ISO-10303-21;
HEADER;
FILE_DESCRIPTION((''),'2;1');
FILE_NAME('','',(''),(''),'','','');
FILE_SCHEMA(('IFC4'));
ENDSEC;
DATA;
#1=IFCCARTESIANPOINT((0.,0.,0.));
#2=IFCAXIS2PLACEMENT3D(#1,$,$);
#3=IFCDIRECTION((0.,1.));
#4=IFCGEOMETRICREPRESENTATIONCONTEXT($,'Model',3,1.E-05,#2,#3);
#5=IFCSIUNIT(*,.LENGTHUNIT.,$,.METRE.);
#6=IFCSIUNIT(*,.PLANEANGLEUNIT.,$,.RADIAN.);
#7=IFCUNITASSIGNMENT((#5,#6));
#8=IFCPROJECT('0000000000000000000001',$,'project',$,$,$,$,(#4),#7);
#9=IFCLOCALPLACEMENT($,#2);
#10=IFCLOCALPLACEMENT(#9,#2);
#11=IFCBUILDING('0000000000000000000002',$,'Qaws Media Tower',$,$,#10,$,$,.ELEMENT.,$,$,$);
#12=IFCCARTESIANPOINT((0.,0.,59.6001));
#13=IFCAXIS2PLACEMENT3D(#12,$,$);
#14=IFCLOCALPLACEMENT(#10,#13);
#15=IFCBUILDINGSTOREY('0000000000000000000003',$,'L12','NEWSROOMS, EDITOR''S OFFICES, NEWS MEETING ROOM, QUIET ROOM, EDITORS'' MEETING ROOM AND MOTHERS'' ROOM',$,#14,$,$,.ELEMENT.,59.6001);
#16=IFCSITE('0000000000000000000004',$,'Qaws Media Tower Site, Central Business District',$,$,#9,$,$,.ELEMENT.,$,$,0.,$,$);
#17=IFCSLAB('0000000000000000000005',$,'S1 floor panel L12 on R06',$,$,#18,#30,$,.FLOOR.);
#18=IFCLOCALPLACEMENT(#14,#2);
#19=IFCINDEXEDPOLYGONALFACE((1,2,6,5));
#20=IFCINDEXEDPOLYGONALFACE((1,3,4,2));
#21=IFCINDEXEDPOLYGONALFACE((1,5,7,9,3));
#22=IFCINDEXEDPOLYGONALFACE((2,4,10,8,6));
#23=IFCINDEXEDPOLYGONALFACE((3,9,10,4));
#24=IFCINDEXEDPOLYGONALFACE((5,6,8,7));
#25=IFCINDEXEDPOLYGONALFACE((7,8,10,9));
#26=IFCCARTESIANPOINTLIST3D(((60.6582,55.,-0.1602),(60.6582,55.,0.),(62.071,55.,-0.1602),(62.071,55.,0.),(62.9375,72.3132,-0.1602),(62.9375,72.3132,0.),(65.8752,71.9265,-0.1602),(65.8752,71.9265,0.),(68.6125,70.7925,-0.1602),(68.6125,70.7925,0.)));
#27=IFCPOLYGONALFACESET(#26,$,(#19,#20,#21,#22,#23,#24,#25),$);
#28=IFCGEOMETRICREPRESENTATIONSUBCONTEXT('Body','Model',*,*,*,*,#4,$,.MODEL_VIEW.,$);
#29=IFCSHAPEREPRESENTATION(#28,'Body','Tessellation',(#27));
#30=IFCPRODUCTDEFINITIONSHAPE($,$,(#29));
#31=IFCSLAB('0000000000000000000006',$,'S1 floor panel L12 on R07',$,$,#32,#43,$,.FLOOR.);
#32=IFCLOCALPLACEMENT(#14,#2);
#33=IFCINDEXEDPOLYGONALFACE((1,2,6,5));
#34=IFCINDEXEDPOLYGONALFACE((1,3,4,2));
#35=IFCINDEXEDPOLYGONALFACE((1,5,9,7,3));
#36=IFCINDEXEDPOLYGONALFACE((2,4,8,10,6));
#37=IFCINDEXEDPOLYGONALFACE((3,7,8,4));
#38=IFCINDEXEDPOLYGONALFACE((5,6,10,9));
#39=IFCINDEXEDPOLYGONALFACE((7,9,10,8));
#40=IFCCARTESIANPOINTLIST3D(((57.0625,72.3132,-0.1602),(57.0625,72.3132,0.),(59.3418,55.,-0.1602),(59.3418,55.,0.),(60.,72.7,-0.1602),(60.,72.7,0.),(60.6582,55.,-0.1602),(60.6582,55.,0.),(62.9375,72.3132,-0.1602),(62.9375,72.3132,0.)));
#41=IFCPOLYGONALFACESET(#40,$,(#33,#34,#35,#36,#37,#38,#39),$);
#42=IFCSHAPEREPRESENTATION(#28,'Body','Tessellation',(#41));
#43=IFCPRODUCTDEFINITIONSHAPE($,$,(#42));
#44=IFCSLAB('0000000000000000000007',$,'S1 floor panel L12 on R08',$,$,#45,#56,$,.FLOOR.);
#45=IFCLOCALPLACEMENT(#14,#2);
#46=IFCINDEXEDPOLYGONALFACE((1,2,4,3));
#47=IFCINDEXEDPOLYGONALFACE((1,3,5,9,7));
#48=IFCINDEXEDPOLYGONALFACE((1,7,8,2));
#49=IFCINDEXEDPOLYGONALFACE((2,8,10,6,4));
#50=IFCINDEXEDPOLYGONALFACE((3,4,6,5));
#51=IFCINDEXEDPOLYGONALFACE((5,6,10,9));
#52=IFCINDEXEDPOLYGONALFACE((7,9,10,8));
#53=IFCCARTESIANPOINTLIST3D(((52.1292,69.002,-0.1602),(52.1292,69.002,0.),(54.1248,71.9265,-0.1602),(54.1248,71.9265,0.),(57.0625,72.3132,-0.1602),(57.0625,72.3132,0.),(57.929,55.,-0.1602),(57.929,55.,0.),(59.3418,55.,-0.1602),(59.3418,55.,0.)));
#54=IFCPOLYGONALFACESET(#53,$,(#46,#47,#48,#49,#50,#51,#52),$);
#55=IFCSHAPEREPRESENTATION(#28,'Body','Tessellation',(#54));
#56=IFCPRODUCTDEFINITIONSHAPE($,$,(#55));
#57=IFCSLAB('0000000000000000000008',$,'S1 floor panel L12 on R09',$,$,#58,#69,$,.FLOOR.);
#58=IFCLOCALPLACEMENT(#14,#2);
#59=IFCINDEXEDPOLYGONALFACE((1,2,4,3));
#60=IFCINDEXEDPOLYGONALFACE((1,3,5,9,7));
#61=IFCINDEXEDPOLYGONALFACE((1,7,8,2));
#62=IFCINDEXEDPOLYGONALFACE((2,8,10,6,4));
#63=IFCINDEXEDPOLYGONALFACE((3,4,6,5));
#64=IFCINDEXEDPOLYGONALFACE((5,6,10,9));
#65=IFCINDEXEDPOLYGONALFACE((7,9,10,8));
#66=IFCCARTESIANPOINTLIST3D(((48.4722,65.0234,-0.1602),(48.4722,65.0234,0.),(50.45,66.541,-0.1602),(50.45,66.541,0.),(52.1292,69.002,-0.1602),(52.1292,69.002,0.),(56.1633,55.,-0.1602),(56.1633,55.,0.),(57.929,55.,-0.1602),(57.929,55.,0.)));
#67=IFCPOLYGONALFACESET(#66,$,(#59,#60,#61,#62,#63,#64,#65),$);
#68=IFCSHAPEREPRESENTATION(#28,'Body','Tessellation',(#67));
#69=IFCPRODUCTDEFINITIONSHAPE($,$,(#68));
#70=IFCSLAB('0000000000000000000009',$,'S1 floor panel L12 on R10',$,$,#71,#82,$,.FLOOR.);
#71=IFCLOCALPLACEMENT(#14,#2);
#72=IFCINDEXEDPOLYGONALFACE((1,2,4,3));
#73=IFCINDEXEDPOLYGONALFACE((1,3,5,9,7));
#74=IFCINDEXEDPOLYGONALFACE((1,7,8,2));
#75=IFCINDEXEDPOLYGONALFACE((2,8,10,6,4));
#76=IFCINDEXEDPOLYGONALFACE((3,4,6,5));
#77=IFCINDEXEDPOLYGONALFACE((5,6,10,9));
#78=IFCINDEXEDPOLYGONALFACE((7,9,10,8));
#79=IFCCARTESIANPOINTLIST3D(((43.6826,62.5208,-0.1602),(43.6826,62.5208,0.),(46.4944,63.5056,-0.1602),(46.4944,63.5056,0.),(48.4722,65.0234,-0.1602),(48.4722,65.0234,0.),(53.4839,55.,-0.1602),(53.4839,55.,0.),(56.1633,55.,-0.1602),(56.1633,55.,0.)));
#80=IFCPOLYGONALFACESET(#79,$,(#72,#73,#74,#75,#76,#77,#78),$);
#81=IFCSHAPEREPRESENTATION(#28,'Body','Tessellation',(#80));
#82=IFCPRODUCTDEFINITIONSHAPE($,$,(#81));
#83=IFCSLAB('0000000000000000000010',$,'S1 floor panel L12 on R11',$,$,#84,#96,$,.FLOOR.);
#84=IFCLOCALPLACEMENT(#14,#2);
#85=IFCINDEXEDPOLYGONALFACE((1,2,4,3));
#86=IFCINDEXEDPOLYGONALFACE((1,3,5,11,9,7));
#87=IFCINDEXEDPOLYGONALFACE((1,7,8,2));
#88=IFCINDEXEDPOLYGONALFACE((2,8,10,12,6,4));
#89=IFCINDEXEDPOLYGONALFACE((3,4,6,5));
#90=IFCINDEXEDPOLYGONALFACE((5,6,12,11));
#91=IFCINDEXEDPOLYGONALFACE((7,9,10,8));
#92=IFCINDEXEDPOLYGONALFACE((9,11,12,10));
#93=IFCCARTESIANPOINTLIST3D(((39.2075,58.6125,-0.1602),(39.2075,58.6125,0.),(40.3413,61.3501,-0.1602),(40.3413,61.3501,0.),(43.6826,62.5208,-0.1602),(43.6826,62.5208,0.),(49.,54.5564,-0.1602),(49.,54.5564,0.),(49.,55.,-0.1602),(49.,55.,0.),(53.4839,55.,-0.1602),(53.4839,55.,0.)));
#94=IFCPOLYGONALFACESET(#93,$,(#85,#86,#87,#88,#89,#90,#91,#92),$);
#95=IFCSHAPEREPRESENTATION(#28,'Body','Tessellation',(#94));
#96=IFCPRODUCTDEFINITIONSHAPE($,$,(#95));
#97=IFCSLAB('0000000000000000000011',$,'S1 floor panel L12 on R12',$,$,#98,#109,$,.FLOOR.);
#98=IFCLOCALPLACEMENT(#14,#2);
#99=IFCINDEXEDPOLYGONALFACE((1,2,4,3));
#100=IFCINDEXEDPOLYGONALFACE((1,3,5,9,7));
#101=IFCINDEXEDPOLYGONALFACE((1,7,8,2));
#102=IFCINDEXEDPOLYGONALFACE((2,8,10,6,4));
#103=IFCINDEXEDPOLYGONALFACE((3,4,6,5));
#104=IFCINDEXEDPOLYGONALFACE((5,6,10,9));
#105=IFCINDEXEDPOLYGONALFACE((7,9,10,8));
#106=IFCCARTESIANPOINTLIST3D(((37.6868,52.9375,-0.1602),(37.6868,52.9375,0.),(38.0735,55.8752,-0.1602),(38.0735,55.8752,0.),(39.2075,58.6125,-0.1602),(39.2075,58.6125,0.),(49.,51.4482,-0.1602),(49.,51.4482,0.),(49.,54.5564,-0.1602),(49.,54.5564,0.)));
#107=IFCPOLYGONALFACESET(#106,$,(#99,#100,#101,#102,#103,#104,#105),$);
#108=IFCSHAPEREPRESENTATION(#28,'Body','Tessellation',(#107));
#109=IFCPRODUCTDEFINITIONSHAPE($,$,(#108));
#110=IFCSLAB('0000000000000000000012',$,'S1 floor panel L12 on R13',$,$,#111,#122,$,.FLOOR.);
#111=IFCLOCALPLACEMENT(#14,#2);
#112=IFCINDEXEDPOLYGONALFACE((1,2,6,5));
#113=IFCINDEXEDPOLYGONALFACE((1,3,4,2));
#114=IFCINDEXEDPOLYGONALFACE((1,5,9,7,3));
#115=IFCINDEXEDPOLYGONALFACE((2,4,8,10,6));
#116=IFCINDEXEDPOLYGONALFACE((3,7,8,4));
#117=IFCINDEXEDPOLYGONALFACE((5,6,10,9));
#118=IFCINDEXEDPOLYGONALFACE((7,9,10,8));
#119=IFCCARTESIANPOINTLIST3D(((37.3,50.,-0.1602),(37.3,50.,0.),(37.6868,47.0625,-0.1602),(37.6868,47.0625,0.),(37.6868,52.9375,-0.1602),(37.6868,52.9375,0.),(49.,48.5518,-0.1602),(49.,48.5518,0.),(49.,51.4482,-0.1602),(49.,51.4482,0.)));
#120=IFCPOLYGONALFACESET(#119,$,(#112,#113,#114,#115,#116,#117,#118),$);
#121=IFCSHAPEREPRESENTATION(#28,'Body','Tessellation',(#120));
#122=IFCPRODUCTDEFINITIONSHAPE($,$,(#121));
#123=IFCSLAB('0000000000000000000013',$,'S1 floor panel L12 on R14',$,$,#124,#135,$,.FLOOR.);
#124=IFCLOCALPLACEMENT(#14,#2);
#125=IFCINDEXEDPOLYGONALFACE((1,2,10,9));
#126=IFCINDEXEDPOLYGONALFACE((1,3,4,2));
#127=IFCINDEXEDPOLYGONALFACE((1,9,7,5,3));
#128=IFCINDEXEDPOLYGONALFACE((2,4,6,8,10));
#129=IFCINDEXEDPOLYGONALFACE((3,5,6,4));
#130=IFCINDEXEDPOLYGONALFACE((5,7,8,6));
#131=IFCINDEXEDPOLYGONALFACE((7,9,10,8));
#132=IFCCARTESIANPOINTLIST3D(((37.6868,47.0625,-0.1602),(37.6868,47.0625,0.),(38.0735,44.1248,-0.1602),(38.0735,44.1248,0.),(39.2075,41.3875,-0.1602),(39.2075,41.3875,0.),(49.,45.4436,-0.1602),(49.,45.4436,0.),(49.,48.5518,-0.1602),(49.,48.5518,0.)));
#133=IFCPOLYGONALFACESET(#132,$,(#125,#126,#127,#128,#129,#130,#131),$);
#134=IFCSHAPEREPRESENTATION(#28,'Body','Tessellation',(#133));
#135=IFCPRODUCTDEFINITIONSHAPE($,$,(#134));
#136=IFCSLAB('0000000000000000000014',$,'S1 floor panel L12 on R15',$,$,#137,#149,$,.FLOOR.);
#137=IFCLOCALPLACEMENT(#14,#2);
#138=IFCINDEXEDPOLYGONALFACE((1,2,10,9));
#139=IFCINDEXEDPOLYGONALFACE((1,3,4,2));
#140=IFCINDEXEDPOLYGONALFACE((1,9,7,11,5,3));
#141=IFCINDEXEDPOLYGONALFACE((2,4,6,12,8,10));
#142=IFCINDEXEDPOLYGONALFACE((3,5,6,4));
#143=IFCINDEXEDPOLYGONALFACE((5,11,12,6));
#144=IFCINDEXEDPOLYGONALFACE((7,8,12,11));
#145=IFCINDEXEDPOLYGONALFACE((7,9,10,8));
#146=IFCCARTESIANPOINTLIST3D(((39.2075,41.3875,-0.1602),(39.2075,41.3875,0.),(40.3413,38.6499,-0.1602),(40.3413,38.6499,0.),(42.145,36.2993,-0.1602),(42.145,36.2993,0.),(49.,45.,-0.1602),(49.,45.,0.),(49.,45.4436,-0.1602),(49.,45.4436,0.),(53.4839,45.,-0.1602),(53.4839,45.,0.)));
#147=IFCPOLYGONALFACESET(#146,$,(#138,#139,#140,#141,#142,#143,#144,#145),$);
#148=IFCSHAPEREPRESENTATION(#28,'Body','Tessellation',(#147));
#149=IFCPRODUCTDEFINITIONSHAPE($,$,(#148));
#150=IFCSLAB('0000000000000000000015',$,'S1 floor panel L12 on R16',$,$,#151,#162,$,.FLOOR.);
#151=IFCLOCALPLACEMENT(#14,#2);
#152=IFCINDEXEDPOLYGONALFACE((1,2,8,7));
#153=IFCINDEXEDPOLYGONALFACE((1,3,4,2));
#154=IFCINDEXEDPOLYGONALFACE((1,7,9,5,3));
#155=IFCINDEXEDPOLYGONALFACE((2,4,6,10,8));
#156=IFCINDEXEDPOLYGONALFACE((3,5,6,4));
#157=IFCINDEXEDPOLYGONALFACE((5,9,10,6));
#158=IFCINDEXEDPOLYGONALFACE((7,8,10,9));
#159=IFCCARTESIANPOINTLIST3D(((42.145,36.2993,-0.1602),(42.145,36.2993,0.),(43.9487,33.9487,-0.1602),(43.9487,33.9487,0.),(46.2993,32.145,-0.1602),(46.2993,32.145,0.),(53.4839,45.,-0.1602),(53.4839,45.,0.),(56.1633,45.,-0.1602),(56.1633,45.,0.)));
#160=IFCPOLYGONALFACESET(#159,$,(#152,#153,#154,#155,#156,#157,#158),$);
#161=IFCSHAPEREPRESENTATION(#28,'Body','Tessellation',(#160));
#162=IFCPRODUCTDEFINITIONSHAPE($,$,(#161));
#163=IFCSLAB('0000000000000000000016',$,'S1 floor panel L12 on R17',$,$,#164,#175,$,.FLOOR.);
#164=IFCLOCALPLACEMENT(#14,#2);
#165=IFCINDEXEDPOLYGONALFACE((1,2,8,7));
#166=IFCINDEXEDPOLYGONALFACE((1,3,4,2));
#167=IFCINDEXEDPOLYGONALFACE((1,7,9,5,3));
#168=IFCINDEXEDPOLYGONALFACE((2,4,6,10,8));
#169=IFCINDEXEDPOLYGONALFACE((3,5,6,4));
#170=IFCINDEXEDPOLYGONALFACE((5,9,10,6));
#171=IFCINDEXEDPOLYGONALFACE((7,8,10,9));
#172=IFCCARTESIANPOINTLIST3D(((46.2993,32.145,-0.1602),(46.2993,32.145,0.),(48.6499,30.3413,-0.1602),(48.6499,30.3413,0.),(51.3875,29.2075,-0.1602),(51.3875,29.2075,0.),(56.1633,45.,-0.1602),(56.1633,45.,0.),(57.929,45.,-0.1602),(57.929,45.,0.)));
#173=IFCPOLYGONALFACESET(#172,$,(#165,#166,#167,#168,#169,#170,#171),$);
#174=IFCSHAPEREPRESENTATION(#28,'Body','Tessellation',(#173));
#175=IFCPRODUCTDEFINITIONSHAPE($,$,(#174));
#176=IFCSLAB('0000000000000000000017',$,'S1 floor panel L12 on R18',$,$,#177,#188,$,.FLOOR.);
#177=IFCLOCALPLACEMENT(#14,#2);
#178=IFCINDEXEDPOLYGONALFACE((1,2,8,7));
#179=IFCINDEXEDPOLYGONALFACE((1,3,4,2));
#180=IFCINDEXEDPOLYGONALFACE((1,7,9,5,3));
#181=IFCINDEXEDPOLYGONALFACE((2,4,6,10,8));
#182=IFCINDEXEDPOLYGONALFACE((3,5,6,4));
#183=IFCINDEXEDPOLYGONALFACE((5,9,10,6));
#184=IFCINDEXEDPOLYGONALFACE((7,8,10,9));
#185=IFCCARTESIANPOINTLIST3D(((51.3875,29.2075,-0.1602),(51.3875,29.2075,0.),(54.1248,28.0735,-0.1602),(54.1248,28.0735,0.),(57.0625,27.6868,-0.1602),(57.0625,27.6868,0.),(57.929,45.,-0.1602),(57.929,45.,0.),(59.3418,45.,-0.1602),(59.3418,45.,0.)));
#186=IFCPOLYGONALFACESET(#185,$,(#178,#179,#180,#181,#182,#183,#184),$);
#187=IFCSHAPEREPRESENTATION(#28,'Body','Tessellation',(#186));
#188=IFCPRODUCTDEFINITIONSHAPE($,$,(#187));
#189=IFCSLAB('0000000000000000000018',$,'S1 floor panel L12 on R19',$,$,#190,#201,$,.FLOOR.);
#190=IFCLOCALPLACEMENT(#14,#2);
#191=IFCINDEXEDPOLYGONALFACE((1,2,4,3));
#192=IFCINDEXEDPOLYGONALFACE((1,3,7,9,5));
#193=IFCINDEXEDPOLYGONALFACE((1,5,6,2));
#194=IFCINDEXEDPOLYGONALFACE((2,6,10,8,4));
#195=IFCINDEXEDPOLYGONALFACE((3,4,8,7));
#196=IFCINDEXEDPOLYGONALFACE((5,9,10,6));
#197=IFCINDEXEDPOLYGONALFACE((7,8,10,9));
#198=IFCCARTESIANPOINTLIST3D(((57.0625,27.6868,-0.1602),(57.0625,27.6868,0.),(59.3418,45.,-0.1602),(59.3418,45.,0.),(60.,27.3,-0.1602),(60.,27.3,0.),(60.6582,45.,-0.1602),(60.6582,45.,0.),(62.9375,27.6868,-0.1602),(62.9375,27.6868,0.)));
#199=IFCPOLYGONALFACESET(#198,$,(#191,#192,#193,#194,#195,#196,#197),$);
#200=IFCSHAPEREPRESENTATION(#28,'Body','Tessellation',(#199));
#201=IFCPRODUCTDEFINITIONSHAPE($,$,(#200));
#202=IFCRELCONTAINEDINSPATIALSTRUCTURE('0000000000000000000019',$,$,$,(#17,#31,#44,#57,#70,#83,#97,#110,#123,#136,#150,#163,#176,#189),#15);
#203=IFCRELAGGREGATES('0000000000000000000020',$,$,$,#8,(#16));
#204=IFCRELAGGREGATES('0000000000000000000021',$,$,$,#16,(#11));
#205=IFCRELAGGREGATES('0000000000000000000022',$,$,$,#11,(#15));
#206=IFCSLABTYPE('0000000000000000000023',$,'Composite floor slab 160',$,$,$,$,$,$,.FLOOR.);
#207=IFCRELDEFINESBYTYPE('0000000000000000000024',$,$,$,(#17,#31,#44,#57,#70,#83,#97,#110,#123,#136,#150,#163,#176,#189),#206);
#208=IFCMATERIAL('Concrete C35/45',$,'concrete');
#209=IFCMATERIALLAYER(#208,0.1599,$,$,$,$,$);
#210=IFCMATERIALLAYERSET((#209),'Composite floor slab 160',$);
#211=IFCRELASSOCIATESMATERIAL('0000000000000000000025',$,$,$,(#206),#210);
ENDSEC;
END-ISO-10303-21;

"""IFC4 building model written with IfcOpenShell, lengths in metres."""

from ifc_helpers import new_model, si_unit, direction, frame, origin, place, context, subcontext, project, spatial, polyline, outline, extrude, material, layer, layer_set, type_object, element, save


model = new_model("IFC4")

# Units and contexts
model_context = context("Model", 3, precision=1e-05, world=origin(), true_north=direction((0.0, 1.0)))
body_context = subcontext(model_context, "Body", "Model", "MODEL_VIEW")
ifc_project = project(units=[si_unit("LENGTHUNIT", "METRE"), si_unit("PLANEANGLEUNIT", "RADIAN")], contexts=[model_context])

# Site, building, storey
site_placement = place(None, origin())
site = spatial("IfcSite", under=ifc_project, at=site_placement, Name="Qaws Media Tower Site, Central Business District", CompositionType="ELEMENT", RefElevation=0.0)
building_placement = place(site_placement, origin())
building = spatial("IfcBuilding", under=site, at=building_placement, Name="Qaws Media Tower", CompositionType="ELEMENT")
storey_placement = place(building_placement, frame((0.0, 0.0, 59.6001)))
storey = spatial("IfcBuildingStorey", under=building, at=storey_placement, Name="L12", Description="NEWSROOMS, EDITOR'S OFFICES, NEWS MEETING ROOM, QUIET ROOM, EDITORS' MEETING ROOM AND MOTHERS' ROOM", CompositionType="ELEMENT", Elevation=59.6001)

# Slabs
ifc_material_1 = material(Name="Concrete C35/45", Category="concrete")
ifc_layer_1 = layer(ifc_material_1, 0.1599)
ifc_layer_set_1 = layer_set([ifc_layer_1], Name="Composite floor slab 160")
slab_type_1 = type_object("IfcSlabType", Name="Composite floor slab 160", PredefinedType="FLOOR", material=ifc_layer_set_1)
slab_1_placement = place(storey_placement, frame((0.0, 0.0, -0.1602)))
element("IfcSlab", 1, at=slab_1_placement, inside=storey, type_object=slab_type_1, Name="S1 floor panel L12 on R06", PredefinedType="FLOOR", context=body_context, shape_type="SweptSolid", body=[
    extrude(outline(polyline([(65.8752, 71.9265), (68.6125, 70.7925), (62.071, 55.0), (60.6582, 55.0), (62.9375, 72.3132), (65.8752, 71.9265)])), origin(), (0.0, 0.0, 1.0), 0.1602),
])
slab_2_placement = place(storey_placement, frame((0.0, 0.0, -0.1602)))
element("IfcSlab", 2, at=slab_2_placement, inside=storey, type_object=slab_type_1, Name="S1 floor panel L12 on R07", PredefinedType="FLOOR", context=body_context, shape_type="SweptSolid", body=[
    extrude(outline(polyline([(60.0, 72.7), (62.9375, 72.3132), (60.6582, 55.0), (59.3418, 55.0), (57.0625, 72.3132), (60.0, 72.7)])), origin(), (0.0, 0.0, 1.0), 0.1602),
])
slab_3_placement = place(storey_placement, frame((0.0, 0.0, -0.1602)))
element("IfcSlab", 3, at=slab_3_placement, inside=storey, type_object=slab_type_1, Name="S1 floor panel L12 on R08", PredefinedType="FLOOR", context=body_context, shape_type="SweptSolid", body=[
    extrude(outline(polyline([(54.1248, 71.9265), (57.0625, 72.3132), (59.3418, 55.0), (57.929, 55.0), (52.1292, 69.002), (54.1248, 71.9265)])), origin(), (0.0, 0.0, 1.0), 0.1602),
])
slab_4_placement = place(storey_placement, frame((0.0, 0.0, -0.1602)))
element("IfcSlab", 4, at=slab_4_placement, inside=storey, type_object=slab_type_1, Name="S1 floor panel L12 on R09", PredefinedType="FLOOR", context=body_context, shape_type="SweptSolid", body=[
    extrude(outline(polyline([(50.45, 66.541), (52.1292, 69.002), (57.929, 55.0), (56.1633, 55.0), (48.4722, 65.0234), (50.45, 66.541)])), origin(), (0.0, 0.0, 1.0), 0.1602),
])
slab_5_placement = place(storey_placement, frame((0.0, 0.0, -0.1602)))
element("IfcSlab", 5, at=slab_5_placement, inside=storey, type_object=slab_type_1, Name="S1 floor panel L12 on R10", PredefinedType="FLOOR", context=body_context, shape_type="SweptSolid", body=[
    extrude(outline(polyline([(46.4944, 63.5056), (48.4722, 65.0234), (56.1633, 55.0), (53.4839, 55.0), (43.6826, 62.5208), (46.4944, 63.5056)])), origin(), (0.0, 0.0, 1.0), 0.1602),
])
slab_6_placement = place(storey_placement, frame((0.0, 0.0, -0.1602)))
element("IfcSlab", 6, at=slab_6_placement, inside=storey, type_object=slab_type_1, Name="S1 floor panel L12 on R11", PredefinedType="FLOOR", context=body_context, shape_type="SweptSolid", body=[
    extrude(outline(polyline([(40.3413, 61.3501), (43.6826, 62.5208), (53.4839, 55.0), (49.0, 55.0), (49.0, 54.5564), (39.2075, 58.6125), (40.3413, 61.3501)])), origin(), (0.0, 0.0, 1.0), 0.1602),
])
slab_7_placement = place(storey_placement, frame((0.0, 0.0, -0.1602)))
element("IfcSlab", 7, at=slab_7_placement, inside=storey, type_object=slab_type_1, Name="S1 floor panel L12 on R12", PredefinedType="FLOOR", context=body_context, shape_type="SweptSolid", body=[
    extrude(outline(polyline([(38.0735, 55.8752), (39.2075, 58.6125), (49.0, 54.5564), (49.0, 51.4482), (37.6868, 52.9375), (38.0735, 55.8752)])), origin(), (0.0, 0.0, 1.0), 0.1602),
])
slab_8_placement = place(storey_placement, frame((0.0, 0.0, -0.1602)))
element("IfcSlab", 8, at=slab_8_placement, inside=storey, type_object=slab_type_1, Name="S1 floor panel L12 on R13", PredefinedType="FLOOR", context=body_context, shape_type="SweptSolid", body=[
    extrude(outline(polyline([(37.3, 50.0), (37.6868, 52.9375), (49.0, 51.4482), (49.0, 48.5518), (37.6868, 47.0625), (37.3, 50.0)])), origin(), (0.0, 0.0, 1.0), 0.1602),
])
slab_9_placement = place(storey_placement, frame((0.0, 0.0, -0.1602)))
element("IfcSlab", 9, at=slab_9_placement, inside=storey, type_object=slab_type_1, Name="S1 floor panel L12 on R14", PredefinedType="FLOOR", context=body_context, shape_type="SweptSolid", body=[
    extrude(outline(polyline([(38.0735, 44.1248), (37.6868, 47.0625), (49.0, 48.5518), (49.0, 45.4436), (39.2075, 41.3875), (38.0735, 44.1248)])), origin(), (0.0, 0.0, 1.0), 0.1602),
])
slab_10_placement = place(storey_placement, frame((0.0, 0.0, -0.1602)))
element("IfcSlab", 10, at=slab_10_placement, inside=storey, type_object=slab_type_1, Name="S1 floor panel L12 on R15", PredefinedType="FLOOR", context=body_context, shape_type="SweptSolid", body=[
    extrude(outline(polyline([(40.3413, 38.6499), (39.2075, 41.3875), (49.0, 45.4436), (49.0, 45.0), (53.4839, 45.0), (42.145, 36.2993), (40.3413, 38.6499)])), origin(), (0.0, 0.0, 1.0), 0.1602),
])
slab_11_placement = place(storey_placement, frame((0.0, 0.0, -0.1602)))
element("IfcSlab", 11, at=slab_11_placement, inside=storey, type_object=slab_type_1, Name="S1 floor panel L12 on R16", PredefinedType="FLOOR", context=body_context, shape_type="SweptSolid", body=[
    extrude(outline(polyline([(43.9487, 33.9487), (42.145, 36.2993), (53.4839, 45.0), (56.1633, 45.0), (46.2993, 32.145), (43.9487, 33.9487)])), origin(), (0.0, 0.0, 1.0), 0.1602),
])
slab_12_placement = place(storey_placement, frame((0.0, 0.0, -0.1602)))
element("IfcSlab", 12, at=slab_12_placement, inside=storey, type_object=slab_type_1, Name="S1 floor panel L12 on R17", PredefinedType="FLOOR", context=body_context, shape_type="SweptSolid", body=[
    extrude(outline(polyline([(48.6499, 30.3413), (46.2993, 32.145), (56.1633, 45.0), (57.929, 45.0), (51.3875, 29.2075), (48.6499, 30.3413)])), origin(), (0.0, 0.0, 1.0), 0.1602),
])
slab_13_placement = place(storey_placement, frame((0.0, 0.0, -0.1602)))
element("IfcSlab", 13, at=slab_13_placement, inside=storey, type_object=slab_type_1, Name="S1 floor panel L12 on R18", PredefinedType="FLOOR", context=body_context, shape_type="SweptSolid", body=[
    extrude(outline(polyline([(54.1248, 28.0735), (51.3875, 29.2075), (57.929, 45.0), (59.3418, 45.0), (57.0625, 27.6868), (54.1248, 28.0735)])), origin(), (0.0, 0.0, 1.0), 0.1602),
])
slab_14_placement = place(storey_placement, frame((0.0, 0.0, -0.1602)))
element("IfcSlab", 14, at=slab_14_placement, inside=storey, type_object=slab_type_1, Name="S1 floor panel L12 on R19", PredefinedType="FLOOR", context=body_context, shape_type="SweptSolid", body=[
    extrude(outline(polyline([(60.0, 27.3), (57.0625, 27.6868), (59.3418, 45.0), (60.6582, 45.0), (62.9375, 27.6868), (60.0, 27.3)])), origin(), (0.0, 0.0, 1.0), 0.1602),
])

save(model, "model.ifc")
